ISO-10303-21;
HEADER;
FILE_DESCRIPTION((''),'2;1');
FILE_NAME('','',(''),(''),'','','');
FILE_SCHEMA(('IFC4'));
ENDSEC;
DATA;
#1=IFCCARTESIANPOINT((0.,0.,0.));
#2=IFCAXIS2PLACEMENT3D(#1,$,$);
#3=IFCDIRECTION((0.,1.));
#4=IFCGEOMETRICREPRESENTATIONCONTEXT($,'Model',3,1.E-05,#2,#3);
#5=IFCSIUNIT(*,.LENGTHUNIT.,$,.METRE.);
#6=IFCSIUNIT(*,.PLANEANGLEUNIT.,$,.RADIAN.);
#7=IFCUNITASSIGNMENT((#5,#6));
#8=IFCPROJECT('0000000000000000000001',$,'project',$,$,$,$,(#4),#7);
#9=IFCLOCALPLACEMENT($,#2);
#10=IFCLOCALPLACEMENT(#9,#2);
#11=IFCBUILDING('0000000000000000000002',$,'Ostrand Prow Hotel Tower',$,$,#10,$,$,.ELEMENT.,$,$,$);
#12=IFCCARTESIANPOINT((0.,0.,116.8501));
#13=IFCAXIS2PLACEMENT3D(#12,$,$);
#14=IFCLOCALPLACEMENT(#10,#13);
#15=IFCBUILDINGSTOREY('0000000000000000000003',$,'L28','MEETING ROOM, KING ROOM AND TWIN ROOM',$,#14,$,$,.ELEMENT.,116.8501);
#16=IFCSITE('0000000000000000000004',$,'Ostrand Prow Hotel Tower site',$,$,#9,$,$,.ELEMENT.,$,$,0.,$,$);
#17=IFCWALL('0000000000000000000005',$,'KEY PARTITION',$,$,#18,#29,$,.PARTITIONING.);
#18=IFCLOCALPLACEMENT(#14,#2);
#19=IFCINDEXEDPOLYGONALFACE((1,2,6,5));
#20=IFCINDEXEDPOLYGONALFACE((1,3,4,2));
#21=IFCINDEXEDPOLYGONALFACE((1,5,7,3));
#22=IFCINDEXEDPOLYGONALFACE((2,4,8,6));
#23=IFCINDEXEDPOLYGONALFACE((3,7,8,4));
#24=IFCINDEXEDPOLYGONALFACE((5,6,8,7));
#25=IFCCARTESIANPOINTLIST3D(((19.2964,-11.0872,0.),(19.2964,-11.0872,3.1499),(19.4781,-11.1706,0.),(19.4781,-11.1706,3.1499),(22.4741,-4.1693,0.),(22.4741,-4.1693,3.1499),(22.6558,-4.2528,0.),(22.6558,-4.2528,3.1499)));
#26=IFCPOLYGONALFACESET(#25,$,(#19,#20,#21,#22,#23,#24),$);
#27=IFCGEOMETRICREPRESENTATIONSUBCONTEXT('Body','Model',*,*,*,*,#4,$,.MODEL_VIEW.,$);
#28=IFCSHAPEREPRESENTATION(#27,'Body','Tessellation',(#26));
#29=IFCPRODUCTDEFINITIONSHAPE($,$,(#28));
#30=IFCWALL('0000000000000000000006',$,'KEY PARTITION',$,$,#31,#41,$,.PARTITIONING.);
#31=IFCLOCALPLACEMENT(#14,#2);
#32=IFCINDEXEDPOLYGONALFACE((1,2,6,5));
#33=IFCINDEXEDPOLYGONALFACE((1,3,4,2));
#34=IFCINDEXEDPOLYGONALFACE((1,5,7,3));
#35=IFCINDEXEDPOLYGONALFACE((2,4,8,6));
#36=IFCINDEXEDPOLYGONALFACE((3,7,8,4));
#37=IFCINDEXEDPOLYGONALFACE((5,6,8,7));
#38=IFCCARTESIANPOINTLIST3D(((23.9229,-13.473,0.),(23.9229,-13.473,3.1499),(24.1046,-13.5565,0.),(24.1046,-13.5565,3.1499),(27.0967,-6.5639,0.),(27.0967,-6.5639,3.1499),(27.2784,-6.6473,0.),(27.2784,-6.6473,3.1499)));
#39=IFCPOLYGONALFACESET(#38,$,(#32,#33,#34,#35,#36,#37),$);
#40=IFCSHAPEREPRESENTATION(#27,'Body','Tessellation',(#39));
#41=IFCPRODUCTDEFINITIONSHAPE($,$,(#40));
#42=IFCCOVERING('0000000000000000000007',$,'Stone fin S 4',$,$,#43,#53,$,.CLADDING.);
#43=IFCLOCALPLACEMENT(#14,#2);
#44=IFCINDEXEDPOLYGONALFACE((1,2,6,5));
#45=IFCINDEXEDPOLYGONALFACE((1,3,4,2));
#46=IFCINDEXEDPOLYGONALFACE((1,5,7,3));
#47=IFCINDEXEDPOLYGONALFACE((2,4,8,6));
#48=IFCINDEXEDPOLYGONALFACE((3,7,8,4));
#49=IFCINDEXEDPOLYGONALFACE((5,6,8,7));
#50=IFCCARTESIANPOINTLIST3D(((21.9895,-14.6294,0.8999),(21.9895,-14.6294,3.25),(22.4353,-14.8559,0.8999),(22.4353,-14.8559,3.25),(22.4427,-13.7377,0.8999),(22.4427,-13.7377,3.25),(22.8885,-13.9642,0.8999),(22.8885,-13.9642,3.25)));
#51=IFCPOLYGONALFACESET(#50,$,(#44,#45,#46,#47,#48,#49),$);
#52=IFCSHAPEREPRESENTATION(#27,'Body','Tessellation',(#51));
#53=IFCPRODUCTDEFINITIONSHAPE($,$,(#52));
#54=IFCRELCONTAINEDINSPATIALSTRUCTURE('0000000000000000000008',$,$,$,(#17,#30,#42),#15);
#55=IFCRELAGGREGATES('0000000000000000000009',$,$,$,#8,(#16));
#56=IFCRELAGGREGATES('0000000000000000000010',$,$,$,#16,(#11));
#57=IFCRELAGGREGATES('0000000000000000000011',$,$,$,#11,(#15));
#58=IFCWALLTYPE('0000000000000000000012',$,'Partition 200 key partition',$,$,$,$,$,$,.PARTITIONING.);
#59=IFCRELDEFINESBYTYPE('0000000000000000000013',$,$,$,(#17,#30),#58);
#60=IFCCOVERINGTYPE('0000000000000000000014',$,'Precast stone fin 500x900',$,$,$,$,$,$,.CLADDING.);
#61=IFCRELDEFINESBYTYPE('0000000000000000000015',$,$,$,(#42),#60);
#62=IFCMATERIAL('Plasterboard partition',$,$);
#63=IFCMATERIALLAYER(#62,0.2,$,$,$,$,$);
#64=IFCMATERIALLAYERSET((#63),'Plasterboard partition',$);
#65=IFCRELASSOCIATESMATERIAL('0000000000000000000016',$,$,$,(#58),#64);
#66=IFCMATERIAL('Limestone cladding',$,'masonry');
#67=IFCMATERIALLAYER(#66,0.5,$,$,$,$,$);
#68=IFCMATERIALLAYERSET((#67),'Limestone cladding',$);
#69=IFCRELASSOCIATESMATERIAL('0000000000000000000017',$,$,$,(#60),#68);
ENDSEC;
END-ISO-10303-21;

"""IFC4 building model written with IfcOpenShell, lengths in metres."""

from ifc_helpers import new_model, si_unit, direction, frame, frame_2d, origin, place, context, subcontext, project, spatial, rectangle, extrude, material, layer, layer_set, type_object, element, save


model = new_model("IFC4")

# Units and contexts
model_context = context("Model", 3, precision=1e-05, world=origin(), true_north=direction((0.0, 1.0)))
body_context = subcontext(model_context, "Body", "Model", "MODEL_VIEW")
ifc_project = project(units=[si_unit("LENGTHUNIT", "METRE"), si_unit("PLANEANGLEUNIT", "RADIAN")], contexts=[model_context])

# Site, building, storey
site_placement = place(None, origin())
site = spatial("IfcSite", under=ifc_project, at=site_placement, Name="Ostrand Prow Hotel Tower site", CompositionType="ELEMENT", RefElevation=0.0)
building_placement = place(site_placement, origin())
building = spatial("IfcBuilding", under=site, at=building_placement, Name="Ostrand Prow Hotel Tower", CompositionType="ELEMENT")
storey_placement = place(building_placement, frame((0.0, 0.0, 116.8501)))
storey = spatial("IfcBuildingStorey", under=building, at=storey_placement, Name="L28", Description="MEETING ROOM, KING ROOM AND TWIN ROOM", CompositionType="ELEMENT", Elevation=116.8501)

# Walls
ifc_material_1 = material(Name="Plasterboard partition")
ifc_layer_1 = layer(ifc_material_1, 0.2)
ifc_layer_set_1 = layer_set([ifc_layer_1], Name="Plasterboard partition")
wall_type_1 = type_object("IfcWallType", Name="Partition 200 key partition", PredefinedType="PARTITIONING", material=ifc_layer_set_1)
wall_1_placement = place(storey_placement, frame((19.3872, -11.1289, 0.0), z_axis=(0.0, 0.0, 1.0), x_axis=(0.417426, 0.908711, 0.0)))
element("IfcWall", 1, at=wall_1_placement, inside=storey, type_object=wall_type_1, Name="KEY PARTITION", PredefinedType="PARTITIONING", context=body_context, shape_type="SweptSolid", body=[
    extrude(rectangle(XDim=7.6128, YDim=0.2, at=frame_2d((3.8064, 0.0))), origin(), (0.0, 0.0, 1.0), 3.1499),
])
wall_2_placement = place(storey_placement, frame((24.0137, -13.5149, 0.0), z_axis=(0.0, 0.0, 1.0), x_axis=(0.417429, 0.90871, 0.0)))
element("IfcWall", 2, at=wall_2_placement, inside=storey, type_object=wall_type_1, Name="KEY PARTITION", PredefinedType="PARTITIONING", context=body_context, shape_type="SweptSolid", body=[
    extrude(rectangle(XDim=7.6033, YDim=0.2, at=frame_2d((3.8018, 0.0))), origin(), (0.0, 0.0, 1.0), 3.1499),
])

# Covering
ifc_material_2 = material(Name="Limestone cladding", Category="masonry")
ifc_layer_2 = layer(ifc_material_2, 0.5)
ifc_layer_set_2 = layer_set([ifc_layer_2], Name="Limestone cladding")
covering_type = type_object("IfcCoveringType", Name="Precast stone fin 500x900", PredefinedType="CLADDING", material=ifc_layer_set_2)
covering_placement = place(storey_placement, frame((22.6655, -13.8511, 0.8999), z_axis=(0.0, 0.0, 1.0), x_axis=(-0.453063, -0.891479, 0.0)))
element("IfcCovering", 3, at=covering_placement, inside=storey, type_object=covering_type, Name="Stone fin S 4", PredefinedType="CLADDING", context=body_context, shape_type="SweptSolid", body=[
    extrude(rectangle(XDim=1.0002, YDim=0.5, at=frame_2d((0.5, 0.0))), origin(), (0.0, 0.0, 1.0), 2.3501),
])

save(model, "model.ifc")
